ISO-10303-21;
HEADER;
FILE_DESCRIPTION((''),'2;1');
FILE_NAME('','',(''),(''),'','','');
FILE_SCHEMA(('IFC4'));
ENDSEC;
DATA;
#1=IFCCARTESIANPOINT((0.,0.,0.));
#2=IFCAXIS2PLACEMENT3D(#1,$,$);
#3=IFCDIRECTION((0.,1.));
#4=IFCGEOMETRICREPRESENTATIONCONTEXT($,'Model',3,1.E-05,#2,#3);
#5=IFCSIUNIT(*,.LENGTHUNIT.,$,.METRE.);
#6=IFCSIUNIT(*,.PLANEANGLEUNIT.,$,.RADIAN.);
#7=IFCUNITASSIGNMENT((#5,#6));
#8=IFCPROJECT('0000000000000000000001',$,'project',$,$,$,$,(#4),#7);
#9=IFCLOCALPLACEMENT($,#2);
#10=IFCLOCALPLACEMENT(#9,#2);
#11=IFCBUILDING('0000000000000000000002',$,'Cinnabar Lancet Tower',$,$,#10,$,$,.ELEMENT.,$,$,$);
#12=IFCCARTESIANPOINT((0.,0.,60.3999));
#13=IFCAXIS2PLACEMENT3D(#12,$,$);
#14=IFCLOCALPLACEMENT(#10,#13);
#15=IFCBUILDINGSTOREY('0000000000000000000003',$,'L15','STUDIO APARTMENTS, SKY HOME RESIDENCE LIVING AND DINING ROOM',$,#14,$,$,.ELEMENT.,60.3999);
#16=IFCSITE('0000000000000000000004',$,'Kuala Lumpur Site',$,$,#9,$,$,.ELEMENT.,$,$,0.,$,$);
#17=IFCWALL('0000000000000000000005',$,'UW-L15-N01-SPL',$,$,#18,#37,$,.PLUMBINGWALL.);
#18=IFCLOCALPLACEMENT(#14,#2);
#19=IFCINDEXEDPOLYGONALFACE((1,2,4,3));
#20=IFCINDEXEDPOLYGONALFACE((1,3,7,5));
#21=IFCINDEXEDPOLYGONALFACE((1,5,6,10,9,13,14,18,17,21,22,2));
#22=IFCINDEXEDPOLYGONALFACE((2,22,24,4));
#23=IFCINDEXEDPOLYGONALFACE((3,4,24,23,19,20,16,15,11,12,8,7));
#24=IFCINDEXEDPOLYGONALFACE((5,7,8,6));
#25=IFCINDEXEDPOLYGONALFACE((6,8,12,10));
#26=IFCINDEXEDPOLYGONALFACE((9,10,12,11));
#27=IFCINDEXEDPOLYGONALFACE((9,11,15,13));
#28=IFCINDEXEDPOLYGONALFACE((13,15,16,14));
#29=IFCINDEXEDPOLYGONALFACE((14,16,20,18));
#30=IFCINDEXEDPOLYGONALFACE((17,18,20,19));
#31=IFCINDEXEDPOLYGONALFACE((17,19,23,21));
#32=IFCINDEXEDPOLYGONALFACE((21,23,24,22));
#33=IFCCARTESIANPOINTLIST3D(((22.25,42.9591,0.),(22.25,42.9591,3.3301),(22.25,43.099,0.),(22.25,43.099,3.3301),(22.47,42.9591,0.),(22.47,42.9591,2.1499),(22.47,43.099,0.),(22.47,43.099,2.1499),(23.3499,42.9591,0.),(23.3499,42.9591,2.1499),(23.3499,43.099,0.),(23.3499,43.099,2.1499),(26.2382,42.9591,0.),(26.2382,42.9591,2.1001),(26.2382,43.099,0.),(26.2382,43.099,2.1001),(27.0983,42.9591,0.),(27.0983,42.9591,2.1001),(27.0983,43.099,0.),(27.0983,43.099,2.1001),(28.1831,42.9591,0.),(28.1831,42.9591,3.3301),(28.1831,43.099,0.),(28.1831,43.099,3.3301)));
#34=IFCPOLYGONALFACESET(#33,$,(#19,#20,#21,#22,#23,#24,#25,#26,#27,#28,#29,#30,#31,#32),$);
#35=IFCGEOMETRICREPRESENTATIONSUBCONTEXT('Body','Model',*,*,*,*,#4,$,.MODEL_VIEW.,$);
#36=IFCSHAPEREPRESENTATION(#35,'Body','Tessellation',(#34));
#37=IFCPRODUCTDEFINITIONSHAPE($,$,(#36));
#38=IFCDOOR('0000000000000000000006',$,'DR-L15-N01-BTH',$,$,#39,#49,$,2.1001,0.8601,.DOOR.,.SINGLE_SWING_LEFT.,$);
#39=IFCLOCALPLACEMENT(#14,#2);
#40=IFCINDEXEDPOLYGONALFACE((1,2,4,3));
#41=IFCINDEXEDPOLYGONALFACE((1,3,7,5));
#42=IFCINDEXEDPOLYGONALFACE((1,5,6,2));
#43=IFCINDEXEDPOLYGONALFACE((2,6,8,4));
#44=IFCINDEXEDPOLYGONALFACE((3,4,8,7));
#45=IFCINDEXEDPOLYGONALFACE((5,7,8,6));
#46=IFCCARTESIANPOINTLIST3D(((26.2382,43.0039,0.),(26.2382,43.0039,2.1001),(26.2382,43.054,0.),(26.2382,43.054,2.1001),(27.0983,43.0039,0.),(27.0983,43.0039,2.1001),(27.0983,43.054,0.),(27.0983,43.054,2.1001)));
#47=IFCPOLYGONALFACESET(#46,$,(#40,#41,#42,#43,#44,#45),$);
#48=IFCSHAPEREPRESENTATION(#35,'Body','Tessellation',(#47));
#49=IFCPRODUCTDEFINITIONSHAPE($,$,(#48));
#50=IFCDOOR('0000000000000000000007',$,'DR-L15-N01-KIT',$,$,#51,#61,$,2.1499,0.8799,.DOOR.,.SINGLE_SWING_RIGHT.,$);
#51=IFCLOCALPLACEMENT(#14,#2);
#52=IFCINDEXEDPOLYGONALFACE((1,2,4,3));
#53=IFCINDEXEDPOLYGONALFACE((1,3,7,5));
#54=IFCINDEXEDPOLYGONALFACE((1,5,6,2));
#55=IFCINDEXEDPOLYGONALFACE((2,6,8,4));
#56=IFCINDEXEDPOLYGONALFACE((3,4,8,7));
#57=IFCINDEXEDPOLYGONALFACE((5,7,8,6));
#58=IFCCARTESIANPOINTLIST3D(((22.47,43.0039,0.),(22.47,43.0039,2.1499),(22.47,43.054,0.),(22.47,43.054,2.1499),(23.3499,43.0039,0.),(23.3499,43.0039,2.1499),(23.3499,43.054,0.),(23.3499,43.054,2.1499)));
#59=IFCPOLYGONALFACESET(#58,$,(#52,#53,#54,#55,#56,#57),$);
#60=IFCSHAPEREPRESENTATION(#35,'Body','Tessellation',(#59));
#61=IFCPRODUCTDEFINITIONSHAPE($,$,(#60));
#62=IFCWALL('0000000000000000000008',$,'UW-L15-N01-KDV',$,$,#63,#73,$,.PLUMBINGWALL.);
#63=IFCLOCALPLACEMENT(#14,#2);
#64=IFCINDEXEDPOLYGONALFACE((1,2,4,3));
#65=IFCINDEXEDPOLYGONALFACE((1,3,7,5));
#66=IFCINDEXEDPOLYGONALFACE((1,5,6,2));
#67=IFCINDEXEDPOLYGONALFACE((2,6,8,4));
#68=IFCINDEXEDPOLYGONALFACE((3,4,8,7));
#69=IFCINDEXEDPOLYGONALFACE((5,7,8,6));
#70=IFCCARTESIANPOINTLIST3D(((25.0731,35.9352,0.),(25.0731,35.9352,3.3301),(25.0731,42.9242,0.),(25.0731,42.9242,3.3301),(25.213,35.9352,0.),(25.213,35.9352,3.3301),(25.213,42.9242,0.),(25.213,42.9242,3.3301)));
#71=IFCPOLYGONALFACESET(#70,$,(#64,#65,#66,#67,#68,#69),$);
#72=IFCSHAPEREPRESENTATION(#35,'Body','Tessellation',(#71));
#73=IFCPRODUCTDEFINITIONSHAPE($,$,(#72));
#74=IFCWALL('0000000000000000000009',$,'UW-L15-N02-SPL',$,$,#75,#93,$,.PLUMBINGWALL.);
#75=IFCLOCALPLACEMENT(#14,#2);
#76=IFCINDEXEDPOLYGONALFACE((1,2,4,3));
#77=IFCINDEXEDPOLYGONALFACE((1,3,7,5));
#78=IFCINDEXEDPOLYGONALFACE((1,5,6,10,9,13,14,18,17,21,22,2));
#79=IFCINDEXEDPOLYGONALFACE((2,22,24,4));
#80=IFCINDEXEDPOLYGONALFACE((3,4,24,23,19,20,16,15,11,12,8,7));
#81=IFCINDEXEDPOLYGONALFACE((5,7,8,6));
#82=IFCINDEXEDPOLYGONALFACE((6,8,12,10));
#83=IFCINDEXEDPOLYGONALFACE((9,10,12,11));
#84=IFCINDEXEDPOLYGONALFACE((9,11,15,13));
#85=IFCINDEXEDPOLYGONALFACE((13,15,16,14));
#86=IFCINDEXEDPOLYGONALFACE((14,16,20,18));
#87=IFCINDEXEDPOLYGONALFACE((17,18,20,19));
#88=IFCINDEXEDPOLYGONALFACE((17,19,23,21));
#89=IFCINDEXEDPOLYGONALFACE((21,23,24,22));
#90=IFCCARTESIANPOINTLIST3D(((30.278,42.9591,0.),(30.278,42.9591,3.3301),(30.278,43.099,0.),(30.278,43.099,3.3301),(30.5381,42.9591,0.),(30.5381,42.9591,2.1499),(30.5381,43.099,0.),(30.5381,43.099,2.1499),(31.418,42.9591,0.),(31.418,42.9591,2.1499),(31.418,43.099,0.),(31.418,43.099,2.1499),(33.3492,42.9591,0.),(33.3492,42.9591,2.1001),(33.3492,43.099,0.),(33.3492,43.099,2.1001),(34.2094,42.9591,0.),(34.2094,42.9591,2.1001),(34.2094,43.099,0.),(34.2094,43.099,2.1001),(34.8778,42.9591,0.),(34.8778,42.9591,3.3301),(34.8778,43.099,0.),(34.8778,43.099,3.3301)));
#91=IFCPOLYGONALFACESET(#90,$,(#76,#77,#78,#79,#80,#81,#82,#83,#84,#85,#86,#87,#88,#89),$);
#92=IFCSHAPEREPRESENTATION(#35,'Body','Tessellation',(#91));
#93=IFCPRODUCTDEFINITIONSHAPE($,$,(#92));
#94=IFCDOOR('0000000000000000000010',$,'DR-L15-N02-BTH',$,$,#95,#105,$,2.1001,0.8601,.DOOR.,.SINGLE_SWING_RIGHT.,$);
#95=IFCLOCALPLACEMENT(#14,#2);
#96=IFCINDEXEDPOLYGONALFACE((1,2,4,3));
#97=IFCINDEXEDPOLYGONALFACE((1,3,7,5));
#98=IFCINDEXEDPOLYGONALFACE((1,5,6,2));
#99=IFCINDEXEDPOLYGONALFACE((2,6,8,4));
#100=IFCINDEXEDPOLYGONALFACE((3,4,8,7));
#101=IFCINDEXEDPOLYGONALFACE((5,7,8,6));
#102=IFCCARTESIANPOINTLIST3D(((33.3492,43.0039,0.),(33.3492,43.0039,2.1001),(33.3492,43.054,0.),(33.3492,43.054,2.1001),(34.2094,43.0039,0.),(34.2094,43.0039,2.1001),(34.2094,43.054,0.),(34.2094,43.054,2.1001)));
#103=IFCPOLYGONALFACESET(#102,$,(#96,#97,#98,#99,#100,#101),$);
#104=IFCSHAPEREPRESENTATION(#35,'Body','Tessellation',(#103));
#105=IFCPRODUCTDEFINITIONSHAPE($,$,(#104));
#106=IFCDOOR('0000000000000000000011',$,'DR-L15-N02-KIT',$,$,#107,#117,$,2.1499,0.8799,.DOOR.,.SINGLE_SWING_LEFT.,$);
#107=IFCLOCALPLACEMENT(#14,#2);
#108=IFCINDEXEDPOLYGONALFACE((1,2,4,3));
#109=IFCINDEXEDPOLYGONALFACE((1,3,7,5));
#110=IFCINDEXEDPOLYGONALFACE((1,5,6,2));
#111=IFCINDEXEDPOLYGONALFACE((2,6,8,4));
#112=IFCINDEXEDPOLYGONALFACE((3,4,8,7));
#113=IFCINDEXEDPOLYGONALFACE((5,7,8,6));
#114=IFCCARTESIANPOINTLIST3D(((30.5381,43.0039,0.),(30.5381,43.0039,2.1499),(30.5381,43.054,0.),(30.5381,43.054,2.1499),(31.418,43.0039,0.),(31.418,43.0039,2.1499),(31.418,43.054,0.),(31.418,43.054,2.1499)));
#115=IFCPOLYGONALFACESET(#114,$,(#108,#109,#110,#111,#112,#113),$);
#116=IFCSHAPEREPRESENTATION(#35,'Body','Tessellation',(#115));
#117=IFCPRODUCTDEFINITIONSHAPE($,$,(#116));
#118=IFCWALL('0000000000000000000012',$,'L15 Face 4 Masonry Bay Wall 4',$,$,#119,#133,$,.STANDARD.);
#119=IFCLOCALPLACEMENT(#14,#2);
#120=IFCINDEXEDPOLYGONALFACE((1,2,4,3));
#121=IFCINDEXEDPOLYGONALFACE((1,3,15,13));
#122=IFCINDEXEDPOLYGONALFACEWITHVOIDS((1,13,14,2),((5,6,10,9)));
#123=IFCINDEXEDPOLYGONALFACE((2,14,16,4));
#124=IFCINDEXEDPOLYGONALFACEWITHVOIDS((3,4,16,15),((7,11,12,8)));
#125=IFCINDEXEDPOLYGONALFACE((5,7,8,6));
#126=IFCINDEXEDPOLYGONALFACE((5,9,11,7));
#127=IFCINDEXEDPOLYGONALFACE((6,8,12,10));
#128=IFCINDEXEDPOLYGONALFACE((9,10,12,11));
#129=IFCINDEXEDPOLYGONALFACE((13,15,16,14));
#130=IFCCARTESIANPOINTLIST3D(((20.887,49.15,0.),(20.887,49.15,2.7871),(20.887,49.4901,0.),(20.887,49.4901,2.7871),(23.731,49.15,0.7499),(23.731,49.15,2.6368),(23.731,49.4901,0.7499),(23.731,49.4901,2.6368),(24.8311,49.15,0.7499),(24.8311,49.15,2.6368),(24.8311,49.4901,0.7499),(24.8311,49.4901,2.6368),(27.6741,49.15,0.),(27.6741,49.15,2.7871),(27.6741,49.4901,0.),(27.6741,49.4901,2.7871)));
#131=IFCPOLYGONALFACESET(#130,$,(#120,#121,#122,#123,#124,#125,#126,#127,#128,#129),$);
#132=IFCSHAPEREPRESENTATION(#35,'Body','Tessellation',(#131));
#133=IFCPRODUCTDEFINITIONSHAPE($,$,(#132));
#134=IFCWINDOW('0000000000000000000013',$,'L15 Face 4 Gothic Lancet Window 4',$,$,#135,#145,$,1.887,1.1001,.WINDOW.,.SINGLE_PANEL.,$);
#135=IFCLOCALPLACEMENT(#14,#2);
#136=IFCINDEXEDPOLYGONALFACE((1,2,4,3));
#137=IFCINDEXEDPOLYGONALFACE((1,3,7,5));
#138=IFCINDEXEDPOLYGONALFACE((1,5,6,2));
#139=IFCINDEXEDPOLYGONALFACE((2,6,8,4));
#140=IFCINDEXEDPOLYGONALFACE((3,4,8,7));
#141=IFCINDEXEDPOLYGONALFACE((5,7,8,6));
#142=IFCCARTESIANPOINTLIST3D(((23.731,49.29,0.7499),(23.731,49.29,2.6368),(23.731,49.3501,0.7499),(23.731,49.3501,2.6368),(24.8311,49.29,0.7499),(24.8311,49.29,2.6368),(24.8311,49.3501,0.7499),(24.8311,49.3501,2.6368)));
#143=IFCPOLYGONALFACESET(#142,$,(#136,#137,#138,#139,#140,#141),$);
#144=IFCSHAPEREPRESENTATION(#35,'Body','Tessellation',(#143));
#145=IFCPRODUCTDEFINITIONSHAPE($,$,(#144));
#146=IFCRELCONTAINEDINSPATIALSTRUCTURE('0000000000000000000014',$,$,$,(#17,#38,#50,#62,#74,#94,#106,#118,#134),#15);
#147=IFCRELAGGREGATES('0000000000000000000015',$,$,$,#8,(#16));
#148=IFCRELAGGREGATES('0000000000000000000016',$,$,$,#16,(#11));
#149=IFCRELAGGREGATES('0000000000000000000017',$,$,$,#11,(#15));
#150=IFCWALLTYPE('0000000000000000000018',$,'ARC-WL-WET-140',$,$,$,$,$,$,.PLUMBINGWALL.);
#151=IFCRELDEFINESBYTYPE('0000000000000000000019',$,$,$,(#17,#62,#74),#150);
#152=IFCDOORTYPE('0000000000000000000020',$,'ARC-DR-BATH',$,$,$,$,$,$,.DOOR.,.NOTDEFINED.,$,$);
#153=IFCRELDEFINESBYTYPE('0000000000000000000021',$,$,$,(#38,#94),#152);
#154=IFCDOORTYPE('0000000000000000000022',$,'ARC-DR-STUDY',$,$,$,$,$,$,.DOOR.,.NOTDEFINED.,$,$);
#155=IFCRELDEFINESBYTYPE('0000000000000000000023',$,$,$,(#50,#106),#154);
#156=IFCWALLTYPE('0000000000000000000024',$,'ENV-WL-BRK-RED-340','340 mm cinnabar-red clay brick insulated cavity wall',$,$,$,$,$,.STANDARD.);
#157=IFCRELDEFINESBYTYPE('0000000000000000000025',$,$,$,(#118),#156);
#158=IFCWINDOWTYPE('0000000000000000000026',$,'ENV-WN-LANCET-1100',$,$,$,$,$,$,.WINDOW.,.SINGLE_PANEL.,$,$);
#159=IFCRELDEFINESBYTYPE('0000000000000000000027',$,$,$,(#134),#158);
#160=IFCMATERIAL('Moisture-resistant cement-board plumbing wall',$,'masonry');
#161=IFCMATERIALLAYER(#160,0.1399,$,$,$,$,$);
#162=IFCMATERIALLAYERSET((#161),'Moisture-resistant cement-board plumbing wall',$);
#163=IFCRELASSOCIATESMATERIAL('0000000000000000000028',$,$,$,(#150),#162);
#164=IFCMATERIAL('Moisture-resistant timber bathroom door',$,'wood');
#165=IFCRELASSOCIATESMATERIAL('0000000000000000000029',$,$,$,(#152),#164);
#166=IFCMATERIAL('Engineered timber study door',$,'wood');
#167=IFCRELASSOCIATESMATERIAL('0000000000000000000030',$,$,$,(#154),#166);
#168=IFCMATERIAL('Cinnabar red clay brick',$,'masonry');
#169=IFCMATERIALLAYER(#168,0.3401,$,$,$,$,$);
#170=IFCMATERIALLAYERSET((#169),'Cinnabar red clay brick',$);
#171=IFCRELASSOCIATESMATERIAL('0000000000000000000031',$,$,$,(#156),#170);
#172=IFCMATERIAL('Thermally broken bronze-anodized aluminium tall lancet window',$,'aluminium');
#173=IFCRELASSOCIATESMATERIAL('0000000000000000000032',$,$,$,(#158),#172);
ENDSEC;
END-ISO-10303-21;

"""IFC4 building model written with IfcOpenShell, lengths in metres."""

from ifc_helpers import new_model, si_unit, direction, frame, frame_2d, origin, place, context, subcontext, project, spatial, rectangle, extrude, material, layer, layer_set, type_object, element, fill, save


model = new_model("IFC4")

# Units and contexts
model_context = context("Model", 3, precision=1e-05, world=origin(), true_north=direction((0.0, 1.0)))
body_context = subcontext(model_context, "Body", "Model", "MODEL_VIEW")
ifc_project = project(units=[si_unit("LENGTHUNIT", "METRE"), si_unit("PLANEANGLEUNIT", "RADIAN")], contexts=[model_context])

# Site, building, storey
site_placement = place(None, origin())
site = spatial("IfcSite", under=ifc_project, at=site_placement, Name="Kuala Lumpur Site", CompositionType="ELEMENT", RefElevation=0.0)
building_placement = place(site_placement, origin())
building = spatial("IfcBuilding", under=site, at=building_placement, Name="Cinnabar Lancet Tower", CompositionType="ELEMENT")
storey_placement = place(building_placement, frame((0.0, 0.0, 60.3999)))
storey = spatial("IfcBuildingStorey", under=building, at=storey_placement, Name="L15", Description="STUDIO APARTMENTS, SKY HOME RESIDENCE LIVING AND DINING ROOM", CompositionType="ELEMENT", Elevation=60.3999)

# Wall, openings, doors
ifc_material_1 = material(Name="Moisture-resistant cement-board plumbing wall", Category="masonry")
ifc_layer_1 = layer(ifc_material_1, 0.1399)
ifc_layer_set_1 = layer_set([ifc_layer_1], Name="Moisture-resistant cement-board plumbing wall")
wall_type_1 = type_object("IfcWallType", Name="ARC-WL-WET-140", PredefinedType="PLUMBINGWALL", material=ifc_layer_set_1)
wall_1_placement = place(storey_placement, frame((22.25, 43.0291, 0.0), z_axis=(0.0, 0.0, 1.0), x_axis=(1.0, 0.0, 0.0)))
wall_1 = element("IfcWall", 1, at=wall_1_placement, inside=storey, type_object=wall_type_1, Name="UW-L15-N01-SPL", PredefinedType="PLUMBINGWALL", context=body_context, shape_type="SweptSolid", body=[
    extrude(rectangle(XDim=5.9331, YDim=0.1399, at=frame_2d((2.9666, 0.0))), origin(), (0.0, 0.0, 1.0), 3.3301),
])
opening_1_placement = place(wall_1_placement, frame((3.988, 0.0, 0.0)))
opening_1 = element("IfcOpeningElement", 2, at=opening_1_placement, cuts=wall_1, PredefinedType="OPENING", context=body_context, shape_type="SweptSolid", body=[
    extrude(rectangle(XDim=0.8601, YDim=2.1001, at=frame_2d((0.4302, 1.05))), frame((0.0, 0.0798, 0.0), z_axis=(0.0, -1.0, 0.0), x_axis=(1.0, 0.0, 0.0)), (0.0, 0.0, 1.0), 0.1599),
])
opening_2_placement = place(wall_1_placement, frame((0.22, 0.0, 0.0)))
opening_2 = element("IfcOpeningElement", 3, at=opening_2_placement, cuts=wall_1, PredefinedType="OPENING", context=body_context, shape_type="SweptSolid", body=[
    extrude(rectangle(XDim=0.8799, YDim=2.1499, at=frame_2d((0.4399, 1.075))), frame((0.0, 0.0798, 0.0), z_axis=(0.0, -1.0, 0.0), x_axis=(1.0, 0.0, 0.0)), (0.0, 0.0, 1.0), 0.1599),
])
ifc_material_2 = material(Name="Moisture-resistant timber bathroom door", Category="wood")
door_type_1 = type_object("IfcDoorType", Name="ARC-DR-BATH", OperationType="NOTDEFINED", PredefinedType="DOOR", material=ifc_material_2)
door_1_placement = place(opening_1_placement, origin())
door_1 = element("IfcDoor", 4, at=door_1_placement, inside=storey, type_object=door_type_1, Name="DR-L15-N01-BTH", OperationType="SINGLE_SWING_LEFT", OverallHeight=2.1001, OverallWidth=0.8601, PredefinedType="DOOR", context=body_context, shape_type="SweptSolid", body=[
    extrude(rectangle(XDim=0.8601, YDim=2.1001, at=frame_2d((0.4302, 1.05))), frame((0.0, 0.0249, 0.0), z_axis=(0.0, -1.0, 0.0), x_axis=(1.0, 0.0, 0.0)), (0.0, 0.0, 1.0), 0.05),
])
fill(opening_1, door_1)
ifc_material_3 = material(Name="Engineered timber study door", Category="wood")
door_type_2 = type_object("IfcDoorType", Name="ARC-DR-STUDY", OperationType="NOTDEFINED", PredefinedType="DOOR", material=ifc_material_3)
door_2_placement = place(opening_2_placement, origin())
door_2 = element("IfcDoor", 5, at=door_2_placement, inside=storey, type_object=door_type_2, Name="DR-L15-N01-KIT", OperationType="SINGLE_SWING_RIGHT", OverallHeight=2.1499, OverallWidth=0.8799, PredefinedType="DOOR", context=body_context, shape_type="SweptSolid", body=[
    extrude(rectangle(XDim=0.8799, YDim=2.1499, at=frame_2d((0.4399, 1.075))), frame((0.0, 0.0249, 0.0), z_axis=(0.0, -1.0, 0.0), x_axis=(1.0, 0.0, 0.0)), (0.0, 0.0, 1.0), 0.05),
])
fill(opening_2, door_2)

# Wall
wall_2_placement = place(storey_placement, frame((25.1431, 35.9351, 0.0), z_axis=(0.0, 0.0, 1.0), x_axis=(0.0, 1.0, 0.0)))
element("IfcWall", 6, at=wall_2_placement, inside=storey, type_object=wall_type_1, Name="UW-L15-N01-KDV", PredefinedType="PLUMBINGWALL", context=body_context, shape_type="SweptSolid", body=[
    extrude(rectangle(XDim=6.989, YDim=0.1399, at=frame_2d((3.4946, 0.0))), origin(), (0.0, 0.0, 1.0), 3.3301),
])

# Wall, openings, doors
wall_3_placement = place(storey_placement, frame((30.2781, 43.0291, 0.0), z_axis=(0.0, 0.0, 1.0), x_axis=(1.0, 0.0, 0.0)))
wall_3 = element("IfcWall", 7, at=wall_3_placement, inside=storey, type_object=wall_type_1, Name="UW-L15-N02-SPL", PredefinedType="PLUMBINGWALL", context=body_context, shape_type="SweptSolid", body=[
    extrude(rectangle(XDim=4.5999, YDim=0.1399, at=frame_2d((2.2998, 0.0))), origin(), (0.0, 0.0, 1.0), 3.3301),
])
opening_3_placement = place(wall_3_placement, frame((3.071, 0.0, 0.0)))
opening_3 = element("IfcOpeningElement", 8, at=opening_3_placement, cuts=wall_3, PredefinedType="OPENING", context=body_context, shape_type="SweptSolid", body=[
    extrude(rectangle(XDim=0.8601, YDim=2.1001, at=frame_2d((0.4302, 1.05))), frame((0.0, 0.0798, 0.0), z_axis=(0.0, -1.0, 0.0), x_axis=(1.0, 0.0, 0.0)), (0.0, 0.0, 1.0), 0.1599),
])
opening_4_placement = place(wall_3_placement, frame((0.26, 0.0, 0.0)))
opening_4 = element("IfcOpeningElement", 9, at=opening_4_placement, cuts=wall_3, PredefinedType="OPENING", context=body_context, shape_type="SweptSolid", body=[
    extrude(rectangle(XDim=0.8799, YDim=2.1499, at=frame_2d((0.4399, 1.075))), frame((0.0, 0.0798, 0.0), z_axis=(0.0, -1.0, 0.0), x_axis=(1.0, 0.0, 0.0)), (0.0, 0.0, 1.0), 0.1599),
])
door_3_placement = place(opening_3_placement, origin())
door_3 = element("IfcDoor", 10, at=door_3_placement, inside=storey, type_object=door_type_1, Name="DR-L15-N02-BTH", OperationType="SINGLE_SWING_RIGHT", OverallHeight=2.1001, OverallWidth=0.8601, PredefinedType="DOOR", context=body_context, shape_type="SweptSolid", body=[
    extrude(rectangle(XDim=0.8601, YDim=2.1001, at=frame_2d((0.4302, 1.05))), frame((0.0, 0.0249, 0.0), z_axis=(0.0, -1.0, 0.0), x_axis=(1.0, 0.0, 0.0)), (0.0, 0.0, 1.0), 0.05),
])
fill(opening_3, door_3)
door_4_placement = place(opening_4_placement, origin())
door_4 = element("IfcDoor", 11, at=door_4_placement, inside=storey, type_object=door_type_2, Name="DR-L15-N02-KIT", OperationType="SINGLE_SWING_LEFT", OverallHeight=2.1499, OverallWidth=0.8799, PredefinedType="DOOR", context=body_context, shape_type="SweptSolid", body=[
    extrude(rectangle(XDim=0.8799, YDim=2.1499, at=frame_2d((0.4399, 1.075))), frame((0.0, 0.0249, 0.0), z_axis=(0.0, -1.0, 0.0), x_axis=(1.0, 0.0, 0.0)), (0.0, 0.0, 1.0), 0.05),
])
fill(opening_4, door_4)

# Wall, opening, window
ifc_material_4 = material(Name="Cinnabar red clay brick", Category="masonry")
ifc_layer_2 = layer(ifc_material_4, 0.3401)
ifc_layer_set_2 = layer_set([ifc_layer_2], Name="Cinnabar red clay brick")
wall_type_2 = type_object("IfcWallType", Name="ENV-WL-BRK-RED-340", Description="340 mm cinnabar-red clay brick insulated cavity wall", PredefinedType="STANDARD", material=ifc_layer_set_2)
wall_4_placement = place(storey_placement, frame((27.6741, 49.3201, 0.0), z_axis=(0.0, 0.0, 1.0), x_axis=(-1.0, 0.0, 0.0)))
wall_4 = element("IfcWall", 12, at=wall_4_placement, inside=storey, type_object=wall_type_2, Name="L15 Face 4 Masonry Bay Wall 4", PredefinedType="STANDARD", context=body_context, shape_type="SweptSolid", body=[
    extrude(rectangle(XDim=6.7871, YDim=0.3401, at=frame_2d((3.3936, 0.0))), origin(), (0.0, 0.0, 1.0), 2.7871),
])
opening_5_placement = place(wall_4_placement, frame((2.843, 0.0, 0.75)))
opening_5 = element("IfcOpeningElement", 13, at=opening_5_placement, cuts=wall_4, PredefinedType="OPENING", context=body_context, shape_type="SweptSolid", body=[
    extrude(rectangle(XDim=1.1001, YDim=1.887, at=frame_2d((0.55, 0.9434))), frame((0.0, 0.1799, 0.0), z_axis=(0.0, -1.0, 0.0), x_axis=(1.0, 0.0, 0.0)), (0.0, 0.0, 1.0), 0.3601),
])
ifc_material_5 = material(Name="Thermally broken bronze-anodized aluminium tall lancet window", Category="aluminium")
window_type = type_object("IfcWindowType", Name="ENV-WN-LANCET-1100", PartitioningType="SINGLE_PANEL", PredefinedType="WINDOW", material=ifc_material_5)
window_placement = place(opening_5_placement, origin())
window = element("IfcWindow", 14, at=window_placement, inside=storey, type_object=window_type, Name="L15 Face 4 Gothic Lancet Window 4", OverallHeight=1.887, OverallWidth=1.1001, PartitioningType="SINGLE_PANEL", PredefinedType="WINDOW", context=body_context, shape_type="SweptSolid", body=[
    extrude(rectangle(XDim=1.1001, YDim=1.887, at=frame_2d((0.55, 0.9434))), frame((0.0, 0.03, 0.0), z_axis=(0.0, -1.0, 0.0), x_axis=(1.0, 0.0, 0.0)), (0.0, 0.0, 1.0), 0.0601),
])
fill(opening_5, window)

save(model, "model.ifc")
